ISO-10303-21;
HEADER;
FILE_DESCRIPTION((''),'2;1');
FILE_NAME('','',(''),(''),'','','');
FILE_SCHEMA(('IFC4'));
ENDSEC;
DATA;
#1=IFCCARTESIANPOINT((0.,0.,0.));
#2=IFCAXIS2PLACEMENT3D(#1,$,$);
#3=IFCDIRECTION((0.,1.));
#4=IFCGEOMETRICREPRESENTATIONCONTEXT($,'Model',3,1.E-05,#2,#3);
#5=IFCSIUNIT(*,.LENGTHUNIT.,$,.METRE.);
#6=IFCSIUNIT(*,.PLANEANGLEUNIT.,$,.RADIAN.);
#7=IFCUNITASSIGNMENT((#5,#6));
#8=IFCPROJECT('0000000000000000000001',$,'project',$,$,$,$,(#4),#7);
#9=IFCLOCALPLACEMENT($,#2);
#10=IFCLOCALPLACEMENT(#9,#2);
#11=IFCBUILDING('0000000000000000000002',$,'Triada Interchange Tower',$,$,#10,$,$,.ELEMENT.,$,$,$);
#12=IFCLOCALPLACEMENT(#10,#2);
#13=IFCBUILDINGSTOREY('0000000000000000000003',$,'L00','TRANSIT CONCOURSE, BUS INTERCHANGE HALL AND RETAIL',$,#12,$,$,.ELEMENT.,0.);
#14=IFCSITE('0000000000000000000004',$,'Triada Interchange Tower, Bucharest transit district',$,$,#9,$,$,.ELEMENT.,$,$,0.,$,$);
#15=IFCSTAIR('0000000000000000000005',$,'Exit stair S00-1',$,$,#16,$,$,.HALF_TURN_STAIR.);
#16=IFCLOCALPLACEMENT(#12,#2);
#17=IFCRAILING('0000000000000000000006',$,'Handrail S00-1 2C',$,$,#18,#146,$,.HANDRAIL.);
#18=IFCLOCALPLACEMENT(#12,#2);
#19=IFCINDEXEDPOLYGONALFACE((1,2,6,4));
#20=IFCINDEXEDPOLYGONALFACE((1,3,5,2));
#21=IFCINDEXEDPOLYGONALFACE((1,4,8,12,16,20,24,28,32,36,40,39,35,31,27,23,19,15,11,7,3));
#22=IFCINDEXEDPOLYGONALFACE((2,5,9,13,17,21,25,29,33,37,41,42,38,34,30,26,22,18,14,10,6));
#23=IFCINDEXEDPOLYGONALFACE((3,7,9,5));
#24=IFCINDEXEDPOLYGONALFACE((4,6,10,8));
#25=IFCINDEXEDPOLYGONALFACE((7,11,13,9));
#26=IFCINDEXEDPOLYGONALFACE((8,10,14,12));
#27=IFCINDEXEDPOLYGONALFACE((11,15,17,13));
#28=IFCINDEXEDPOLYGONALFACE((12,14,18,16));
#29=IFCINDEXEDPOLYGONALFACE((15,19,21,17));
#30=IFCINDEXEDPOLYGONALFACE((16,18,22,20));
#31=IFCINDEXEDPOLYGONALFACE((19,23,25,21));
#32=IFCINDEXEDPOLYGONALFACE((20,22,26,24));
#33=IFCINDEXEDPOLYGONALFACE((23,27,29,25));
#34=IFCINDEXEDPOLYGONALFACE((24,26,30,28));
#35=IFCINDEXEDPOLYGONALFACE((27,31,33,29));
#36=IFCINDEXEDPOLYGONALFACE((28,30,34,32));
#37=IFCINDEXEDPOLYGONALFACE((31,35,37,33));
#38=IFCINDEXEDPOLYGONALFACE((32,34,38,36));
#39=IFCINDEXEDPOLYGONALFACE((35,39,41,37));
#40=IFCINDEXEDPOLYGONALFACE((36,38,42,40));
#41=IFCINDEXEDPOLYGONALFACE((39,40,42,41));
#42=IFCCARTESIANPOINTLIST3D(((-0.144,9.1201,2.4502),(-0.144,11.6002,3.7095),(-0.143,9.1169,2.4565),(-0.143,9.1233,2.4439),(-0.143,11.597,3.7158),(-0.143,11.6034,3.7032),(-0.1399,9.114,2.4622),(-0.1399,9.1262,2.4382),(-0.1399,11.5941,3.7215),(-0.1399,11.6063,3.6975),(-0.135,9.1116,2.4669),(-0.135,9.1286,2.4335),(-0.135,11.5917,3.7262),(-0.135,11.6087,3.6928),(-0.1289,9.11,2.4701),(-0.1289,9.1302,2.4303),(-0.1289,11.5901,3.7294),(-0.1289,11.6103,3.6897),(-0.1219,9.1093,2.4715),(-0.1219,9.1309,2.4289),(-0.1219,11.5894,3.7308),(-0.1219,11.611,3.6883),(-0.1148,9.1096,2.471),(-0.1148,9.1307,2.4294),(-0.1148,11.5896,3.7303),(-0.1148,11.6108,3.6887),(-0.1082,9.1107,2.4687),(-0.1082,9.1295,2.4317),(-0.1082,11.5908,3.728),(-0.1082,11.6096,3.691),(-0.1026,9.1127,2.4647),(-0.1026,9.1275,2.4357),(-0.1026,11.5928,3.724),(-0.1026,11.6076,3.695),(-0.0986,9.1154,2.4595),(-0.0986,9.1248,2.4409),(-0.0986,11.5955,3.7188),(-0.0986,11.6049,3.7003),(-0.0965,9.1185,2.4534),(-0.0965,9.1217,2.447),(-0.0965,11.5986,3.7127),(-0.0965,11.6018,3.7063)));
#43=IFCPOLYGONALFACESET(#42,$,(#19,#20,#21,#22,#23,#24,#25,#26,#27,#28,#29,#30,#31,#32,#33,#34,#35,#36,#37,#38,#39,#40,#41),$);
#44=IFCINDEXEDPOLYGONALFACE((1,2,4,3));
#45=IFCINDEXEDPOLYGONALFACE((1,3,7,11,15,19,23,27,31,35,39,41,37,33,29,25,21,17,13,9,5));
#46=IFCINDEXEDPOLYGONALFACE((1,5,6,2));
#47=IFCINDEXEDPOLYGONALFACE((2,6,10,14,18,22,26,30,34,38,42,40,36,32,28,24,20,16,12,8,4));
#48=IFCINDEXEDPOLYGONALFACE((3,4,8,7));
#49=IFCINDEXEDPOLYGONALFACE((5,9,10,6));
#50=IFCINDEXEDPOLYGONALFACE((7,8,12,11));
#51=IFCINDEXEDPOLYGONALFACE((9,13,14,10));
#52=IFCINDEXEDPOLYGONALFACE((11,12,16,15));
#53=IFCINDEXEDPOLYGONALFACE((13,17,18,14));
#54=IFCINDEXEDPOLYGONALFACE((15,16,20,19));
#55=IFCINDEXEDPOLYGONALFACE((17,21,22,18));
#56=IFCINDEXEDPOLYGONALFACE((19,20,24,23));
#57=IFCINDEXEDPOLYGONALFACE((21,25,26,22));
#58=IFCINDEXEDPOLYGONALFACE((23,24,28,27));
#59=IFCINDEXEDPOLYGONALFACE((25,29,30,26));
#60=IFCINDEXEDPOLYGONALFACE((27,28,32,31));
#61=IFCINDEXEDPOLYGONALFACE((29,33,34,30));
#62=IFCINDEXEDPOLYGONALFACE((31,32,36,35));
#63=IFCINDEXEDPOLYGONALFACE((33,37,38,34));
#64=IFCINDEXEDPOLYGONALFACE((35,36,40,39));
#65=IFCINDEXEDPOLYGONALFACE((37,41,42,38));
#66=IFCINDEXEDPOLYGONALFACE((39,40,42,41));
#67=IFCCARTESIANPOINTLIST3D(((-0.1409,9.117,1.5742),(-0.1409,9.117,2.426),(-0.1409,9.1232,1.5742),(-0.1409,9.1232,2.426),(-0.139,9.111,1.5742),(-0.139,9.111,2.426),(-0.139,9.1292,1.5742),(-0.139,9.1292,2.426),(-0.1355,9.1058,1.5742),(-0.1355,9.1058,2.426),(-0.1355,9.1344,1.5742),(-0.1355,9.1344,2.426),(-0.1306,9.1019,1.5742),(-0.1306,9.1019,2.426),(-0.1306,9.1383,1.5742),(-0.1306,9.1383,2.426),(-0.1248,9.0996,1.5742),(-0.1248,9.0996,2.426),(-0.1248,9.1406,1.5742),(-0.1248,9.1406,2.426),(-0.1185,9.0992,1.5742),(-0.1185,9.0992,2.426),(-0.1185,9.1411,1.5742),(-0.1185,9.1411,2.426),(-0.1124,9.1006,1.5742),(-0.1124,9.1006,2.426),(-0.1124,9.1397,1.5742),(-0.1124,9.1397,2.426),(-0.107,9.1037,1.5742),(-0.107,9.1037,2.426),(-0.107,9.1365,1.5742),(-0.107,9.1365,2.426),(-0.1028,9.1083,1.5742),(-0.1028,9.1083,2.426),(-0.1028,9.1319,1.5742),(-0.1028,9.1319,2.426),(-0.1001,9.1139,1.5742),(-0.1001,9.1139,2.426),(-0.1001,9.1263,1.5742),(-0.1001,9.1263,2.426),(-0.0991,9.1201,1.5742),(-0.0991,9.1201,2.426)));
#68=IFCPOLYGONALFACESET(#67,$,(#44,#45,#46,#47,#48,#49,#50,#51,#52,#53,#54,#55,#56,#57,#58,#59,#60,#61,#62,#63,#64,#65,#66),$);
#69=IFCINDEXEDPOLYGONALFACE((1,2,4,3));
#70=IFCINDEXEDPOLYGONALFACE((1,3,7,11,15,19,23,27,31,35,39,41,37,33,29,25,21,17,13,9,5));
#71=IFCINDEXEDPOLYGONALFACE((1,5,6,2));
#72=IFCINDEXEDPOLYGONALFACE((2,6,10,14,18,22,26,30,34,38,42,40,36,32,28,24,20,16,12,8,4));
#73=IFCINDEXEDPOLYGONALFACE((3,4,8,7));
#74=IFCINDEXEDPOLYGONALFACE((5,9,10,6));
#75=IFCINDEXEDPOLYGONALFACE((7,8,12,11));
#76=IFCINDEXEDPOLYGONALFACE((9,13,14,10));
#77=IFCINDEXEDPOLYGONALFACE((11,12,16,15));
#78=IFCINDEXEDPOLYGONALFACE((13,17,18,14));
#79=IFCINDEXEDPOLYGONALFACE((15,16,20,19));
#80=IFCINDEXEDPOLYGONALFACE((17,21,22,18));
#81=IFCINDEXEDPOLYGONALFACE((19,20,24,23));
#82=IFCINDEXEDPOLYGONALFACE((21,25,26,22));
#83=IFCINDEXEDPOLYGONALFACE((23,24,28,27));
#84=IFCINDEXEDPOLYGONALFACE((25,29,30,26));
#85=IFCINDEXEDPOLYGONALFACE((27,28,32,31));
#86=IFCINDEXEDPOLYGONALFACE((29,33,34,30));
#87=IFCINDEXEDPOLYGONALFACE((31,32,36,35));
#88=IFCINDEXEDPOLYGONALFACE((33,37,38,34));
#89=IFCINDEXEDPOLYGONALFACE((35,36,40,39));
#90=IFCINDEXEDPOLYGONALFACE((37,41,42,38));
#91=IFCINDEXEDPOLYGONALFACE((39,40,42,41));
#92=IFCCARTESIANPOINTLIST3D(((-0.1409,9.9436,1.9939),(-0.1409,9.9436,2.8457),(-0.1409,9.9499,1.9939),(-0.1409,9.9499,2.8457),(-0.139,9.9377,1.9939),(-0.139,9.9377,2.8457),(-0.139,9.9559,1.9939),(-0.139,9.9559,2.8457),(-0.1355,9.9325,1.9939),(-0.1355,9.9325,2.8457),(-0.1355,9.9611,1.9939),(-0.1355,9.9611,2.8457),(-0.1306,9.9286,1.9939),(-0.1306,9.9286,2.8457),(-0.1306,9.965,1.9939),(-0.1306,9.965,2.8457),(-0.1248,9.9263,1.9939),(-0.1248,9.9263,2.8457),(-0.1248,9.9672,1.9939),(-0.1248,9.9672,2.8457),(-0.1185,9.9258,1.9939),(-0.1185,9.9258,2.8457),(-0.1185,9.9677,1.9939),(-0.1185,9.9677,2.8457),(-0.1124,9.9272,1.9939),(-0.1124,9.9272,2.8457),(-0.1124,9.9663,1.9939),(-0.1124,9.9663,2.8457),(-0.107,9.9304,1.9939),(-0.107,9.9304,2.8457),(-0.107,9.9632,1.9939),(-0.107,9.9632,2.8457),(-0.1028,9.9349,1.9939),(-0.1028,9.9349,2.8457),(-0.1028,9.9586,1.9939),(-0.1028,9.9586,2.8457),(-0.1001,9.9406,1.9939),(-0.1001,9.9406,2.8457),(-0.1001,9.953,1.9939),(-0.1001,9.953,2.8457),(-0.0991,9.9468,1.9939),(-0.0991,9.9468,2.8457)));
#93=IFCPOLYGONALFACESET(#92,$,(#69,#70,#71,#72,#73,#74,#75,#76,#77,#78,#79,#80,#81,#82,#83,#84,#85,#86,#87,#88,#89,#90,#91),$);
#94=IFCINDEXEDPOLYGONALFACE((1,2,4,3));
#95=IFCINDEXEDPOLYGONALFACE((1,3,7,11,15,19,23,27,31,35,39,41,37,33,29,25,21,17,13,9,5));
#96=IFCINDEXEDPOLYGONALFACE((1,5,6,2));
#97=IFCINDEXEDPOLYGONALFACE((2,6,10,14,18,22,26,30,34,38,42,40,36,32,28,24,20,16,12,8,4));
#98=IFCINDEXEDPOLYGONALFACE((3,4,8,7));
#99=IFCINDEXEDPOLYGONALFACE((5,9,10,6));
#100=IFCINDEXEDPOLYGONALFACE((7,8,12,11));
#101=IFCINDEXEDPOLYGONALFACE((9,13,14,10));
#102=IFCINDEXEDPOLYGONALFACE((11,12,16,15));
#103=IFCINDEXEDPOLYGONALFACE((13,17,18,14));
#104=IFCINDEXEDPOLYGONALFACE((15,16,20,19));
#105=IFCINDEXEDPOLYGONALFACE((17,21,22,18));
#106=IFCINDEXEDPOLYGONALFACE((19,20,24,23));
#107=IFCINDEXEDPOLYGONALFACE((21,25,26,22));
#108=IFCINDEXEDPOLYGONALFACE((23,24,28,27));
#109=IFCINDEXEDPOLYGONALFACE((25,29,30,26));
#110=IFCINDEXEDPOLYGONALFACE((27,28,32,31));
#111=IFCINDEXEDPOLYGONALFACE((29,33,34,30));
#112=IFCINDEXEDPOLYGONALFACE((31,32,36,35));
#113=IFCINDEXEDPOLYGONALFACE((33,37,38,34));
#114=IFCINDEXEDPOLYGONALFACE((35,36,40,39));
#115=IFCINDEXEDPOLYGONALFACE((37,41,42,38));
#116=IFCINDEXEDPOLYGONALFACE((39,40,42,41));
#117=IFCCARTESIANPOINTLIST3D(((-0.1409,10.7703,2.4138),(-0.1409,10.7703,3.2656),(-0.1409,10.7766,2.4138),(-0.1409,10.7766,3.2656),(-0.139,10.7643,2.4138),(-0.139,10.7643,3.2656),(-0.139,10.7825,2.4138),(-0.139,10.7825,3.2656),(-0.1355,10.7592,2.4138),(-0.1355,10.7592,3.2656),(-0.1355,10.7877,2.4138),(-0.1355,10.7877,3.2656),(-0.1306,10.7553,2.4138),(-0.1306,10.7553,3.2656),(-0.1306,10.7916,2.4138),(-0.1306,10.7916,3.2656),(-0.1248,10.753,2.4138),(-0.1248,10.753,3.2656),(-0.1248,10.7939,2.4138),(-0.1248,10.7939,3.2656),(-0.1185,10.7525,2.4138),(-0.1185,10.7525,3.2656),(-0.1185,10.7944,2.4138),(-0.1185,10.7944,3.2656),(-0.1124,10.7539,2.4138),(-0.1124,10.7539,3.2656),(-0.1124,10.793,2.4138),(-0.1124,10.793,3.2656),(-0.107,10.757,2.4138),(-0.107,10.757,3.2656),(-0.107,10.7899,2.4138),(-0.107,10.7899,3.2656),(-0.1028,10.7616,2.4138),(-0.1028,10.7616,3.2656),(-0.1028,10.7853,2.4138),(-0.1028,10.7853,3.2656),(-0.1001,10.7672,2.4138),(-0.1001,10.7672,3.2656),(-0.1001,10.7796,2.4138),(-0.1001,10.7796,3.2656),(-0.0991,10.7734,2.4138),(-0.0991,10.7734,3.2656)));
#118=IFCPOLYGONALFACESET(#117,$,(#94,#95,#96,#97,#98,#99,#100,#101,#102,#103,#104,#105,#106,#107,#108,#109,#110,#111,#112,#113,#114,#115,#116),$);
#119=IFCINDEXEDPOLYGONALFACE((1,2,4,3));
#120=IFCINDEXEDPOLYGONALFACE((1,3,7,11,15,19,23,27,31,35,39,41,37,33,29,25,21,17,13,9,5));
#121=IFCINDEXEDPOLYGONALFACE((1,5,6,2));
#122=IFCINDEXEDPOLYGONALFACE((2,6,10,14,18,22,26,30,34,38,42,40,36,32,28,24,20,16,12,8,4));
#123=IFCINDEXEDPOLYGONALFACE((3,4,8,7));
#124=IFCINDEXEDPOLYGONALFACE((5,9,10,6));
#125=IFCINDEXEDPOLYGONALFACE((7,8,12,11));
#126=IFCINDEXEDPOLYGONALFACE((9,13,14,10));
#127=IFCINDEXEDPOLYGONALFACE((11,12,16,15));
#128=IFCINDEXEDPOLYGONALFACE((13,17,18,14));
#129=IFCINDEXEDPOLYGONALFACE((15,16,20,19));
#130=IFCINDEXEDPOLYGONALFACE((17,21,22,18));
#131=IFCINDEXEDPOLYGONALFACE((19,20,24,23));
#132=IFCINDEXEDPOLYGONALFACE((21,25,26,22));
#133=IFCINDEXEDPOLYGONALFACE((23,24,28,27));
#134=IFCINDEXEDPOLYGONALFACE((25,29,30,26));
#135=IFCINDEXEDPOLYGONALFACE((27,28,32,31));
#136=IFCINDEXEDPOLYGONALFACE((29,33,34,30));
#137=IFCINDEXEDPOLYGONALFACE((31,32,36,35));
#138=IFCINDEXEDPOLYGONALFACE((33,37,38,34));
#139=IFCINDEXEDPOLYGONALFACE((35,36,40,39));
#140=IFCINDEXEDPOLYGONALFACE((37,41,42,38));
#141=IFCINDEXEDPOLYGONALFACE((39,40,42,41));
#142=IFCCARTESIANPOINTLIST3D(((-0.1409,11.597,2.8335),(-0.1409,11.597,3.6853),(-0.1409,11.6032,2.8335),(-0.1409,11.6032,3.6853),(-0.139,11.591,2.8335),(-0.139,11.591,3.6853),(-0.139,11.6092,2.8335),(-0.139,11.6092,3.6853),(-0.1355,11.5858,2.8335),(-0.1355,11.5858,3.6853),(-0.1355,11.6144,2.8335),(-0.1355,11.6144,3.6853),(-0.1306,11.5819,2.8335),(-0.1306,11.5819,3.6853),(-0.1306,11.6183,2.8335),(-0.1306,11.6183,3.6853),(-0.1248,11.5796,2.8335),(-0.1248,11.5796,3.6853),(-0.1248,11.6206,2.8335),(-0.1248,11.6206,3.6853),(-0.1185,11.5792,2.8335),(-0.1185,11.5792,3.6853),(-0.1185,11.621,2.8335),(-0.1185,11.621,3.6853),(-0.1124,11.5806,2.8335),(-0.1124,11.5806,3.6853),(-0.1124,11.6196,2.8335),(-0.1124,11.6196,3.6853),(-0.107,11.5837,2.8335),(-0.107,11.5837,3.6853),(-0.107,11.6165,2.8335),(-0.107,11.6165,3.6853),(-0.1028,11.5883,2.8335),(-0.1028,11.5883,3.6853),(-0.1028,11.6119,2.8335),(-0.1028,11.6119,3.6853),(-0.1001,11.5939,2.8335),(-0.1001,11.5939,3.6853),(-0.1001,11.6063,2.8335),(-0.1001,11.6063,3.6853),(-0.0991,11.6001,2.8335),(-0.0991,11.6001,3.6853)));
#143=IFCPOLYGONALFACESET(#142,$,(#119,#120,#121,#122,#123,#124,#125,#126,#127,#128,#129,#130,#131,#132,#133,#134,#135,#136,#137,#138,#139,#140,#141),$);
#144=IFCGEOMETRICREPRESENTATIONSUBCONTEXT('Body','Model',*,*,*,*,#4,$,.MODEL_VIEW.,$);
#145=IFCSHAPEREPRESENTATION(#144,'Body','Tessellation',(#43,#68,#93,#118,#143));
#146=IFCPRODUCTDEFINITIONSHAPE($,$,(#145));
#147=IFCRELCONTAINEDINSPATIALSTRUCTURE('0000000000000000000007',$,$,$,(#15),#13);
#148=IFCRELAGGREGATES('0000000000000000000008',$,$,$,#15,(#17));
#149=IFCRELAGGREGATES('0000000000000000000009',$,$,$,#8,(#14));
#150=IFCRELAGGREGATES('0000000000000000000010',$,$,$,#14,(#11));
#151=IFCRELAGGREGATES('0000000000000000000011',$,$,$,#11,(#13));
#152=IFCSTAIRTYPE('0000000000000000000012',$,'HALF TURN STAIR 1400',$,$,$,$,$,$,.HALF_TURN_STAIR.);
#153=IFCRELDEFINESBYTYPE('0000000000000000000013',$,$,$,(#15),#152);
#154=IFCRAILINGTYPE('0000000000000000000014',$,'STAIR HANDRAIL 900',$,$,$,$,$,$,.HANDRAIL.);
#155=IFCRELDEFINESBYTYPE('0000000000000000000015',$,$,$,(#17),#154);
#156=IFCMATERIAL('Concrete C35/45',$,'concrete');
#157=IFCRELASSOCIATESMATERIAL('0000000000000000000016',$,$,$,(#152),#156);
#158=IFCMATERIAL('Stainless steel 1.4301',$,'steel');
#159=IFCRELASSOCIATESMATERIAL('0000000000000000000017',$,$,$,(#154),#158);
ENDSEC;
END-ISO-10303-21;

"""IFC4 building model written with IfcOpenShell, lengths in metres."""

from ifc_helpers import new_model, si_unit, direction, frame, origin, origin_2d, place, context, subcontext, project, spatial, circle, extrude, material, type_object, element, aggregate, save


model = new_model("IFC4")

# Units and contexts
model_context = context("Model", 3, precision=1e-05, world=origin(), true_north=direction((0.0, 1.0)))
body_context = subcontext(model_context, "Body", "Model", "MODEL_VIEW")
ifc_project = project(units=[si_unit("LENGTHUNIT", "METRE"), si_unit("PLANEANGLEUNIT", "RADIAN")], contexts=[model_context])

# Site, building, storey
site_placement = place(None, origin())
site = spatial("IfcSite", under=ifc_project, at=site_placement, Name="Triada Interchange Tower, Bucharest transit district", CompositionType="ELEMENT", RefElevation=0.0)
building_placement = place(site_placement, origin())
building = spatial("IfcBuilding", under=site, at=building_placement, Name="Triada Interchange Tower", CompositionType="ELEMENT")
storey_placement = place(building_placement, origin())
storey = spatial("IfcBuildingStorey", under=building, at=storey_placement, Name="L00", Description="TRANSIT CONCOURSE, BUS INTERCHANGE HALL AND RETAIL", CompositionType="ELEMENT", Elevation=0.0)

# Stair
ifc_material_1 = material(Name="Concrete C35/45", Category="concrete")
stair_type = type_object("IfcStairType", Name="HALF TURN STAIR 1400", PredefinedType="HALF_TURN_STAIR", material=ifc_material_1)
stair_placement = place(storey_placement, origin())
stair = element("IfcStair", 1, at=stair_placement, inside=storey, type_object=stair_type, Name="Exit stair S00-1", PredefinedType="HALF_TURN_STAIR")

# Railing
ifc_material_2 = material(Name="Stainless steel 1.4301", Category="steel")
railing_type = type_object("IfcRailingType", Name="STAIR HANDRAIL 900", PredefinedType="HANDRAIL", material=ifc_material_2)
railing_1_placement = place(storey_placement, frame((-0.1201, 9.1201, 1.5742)))
railing_1 = element("IfcRailing", 2, at=railing_1_placement, type_object=railing_type, Name="Handrail S00-1 2C", PredefinedType="HANDRAIL", context=body_context, shape_type="SweptSolid", body=[
    extrude(circle(Radius=0.0239, at=origin_2d()), frame((0.0, 0.0, 0.876), z_axis=(0.0, 0.891636, 0.452752), x_axis=(-1.0, 0.0, 0.0)), (0.0, 0.0, 1.0), 2.7815),
    extrude(circle(Radius=0.021, at=origin_2d()), origin(), (0.0, 0.0, 1.0), 0.8518),
    extrude(circle(Radius=0.021, at=origin_2d()), frame((0.0, 0.8267, 0.4197)), (0.0, 0.0, 1.0), 0.8518),
    extrude(circle(Radius=0.021, at=origin_2d()), frame((0.0, 1.6533, 0.8396)), (0.0, 0.0, 1.0), 0.8518),
    extrude(circle(Radius=0.021, at=origin_2d()), frame((0.0, 2.48, 1.2593)), (0.0, 0.0, 1.0), 0.8518),
])
aggregate(stair, [railing_1])

save(model, "model.ifc")
